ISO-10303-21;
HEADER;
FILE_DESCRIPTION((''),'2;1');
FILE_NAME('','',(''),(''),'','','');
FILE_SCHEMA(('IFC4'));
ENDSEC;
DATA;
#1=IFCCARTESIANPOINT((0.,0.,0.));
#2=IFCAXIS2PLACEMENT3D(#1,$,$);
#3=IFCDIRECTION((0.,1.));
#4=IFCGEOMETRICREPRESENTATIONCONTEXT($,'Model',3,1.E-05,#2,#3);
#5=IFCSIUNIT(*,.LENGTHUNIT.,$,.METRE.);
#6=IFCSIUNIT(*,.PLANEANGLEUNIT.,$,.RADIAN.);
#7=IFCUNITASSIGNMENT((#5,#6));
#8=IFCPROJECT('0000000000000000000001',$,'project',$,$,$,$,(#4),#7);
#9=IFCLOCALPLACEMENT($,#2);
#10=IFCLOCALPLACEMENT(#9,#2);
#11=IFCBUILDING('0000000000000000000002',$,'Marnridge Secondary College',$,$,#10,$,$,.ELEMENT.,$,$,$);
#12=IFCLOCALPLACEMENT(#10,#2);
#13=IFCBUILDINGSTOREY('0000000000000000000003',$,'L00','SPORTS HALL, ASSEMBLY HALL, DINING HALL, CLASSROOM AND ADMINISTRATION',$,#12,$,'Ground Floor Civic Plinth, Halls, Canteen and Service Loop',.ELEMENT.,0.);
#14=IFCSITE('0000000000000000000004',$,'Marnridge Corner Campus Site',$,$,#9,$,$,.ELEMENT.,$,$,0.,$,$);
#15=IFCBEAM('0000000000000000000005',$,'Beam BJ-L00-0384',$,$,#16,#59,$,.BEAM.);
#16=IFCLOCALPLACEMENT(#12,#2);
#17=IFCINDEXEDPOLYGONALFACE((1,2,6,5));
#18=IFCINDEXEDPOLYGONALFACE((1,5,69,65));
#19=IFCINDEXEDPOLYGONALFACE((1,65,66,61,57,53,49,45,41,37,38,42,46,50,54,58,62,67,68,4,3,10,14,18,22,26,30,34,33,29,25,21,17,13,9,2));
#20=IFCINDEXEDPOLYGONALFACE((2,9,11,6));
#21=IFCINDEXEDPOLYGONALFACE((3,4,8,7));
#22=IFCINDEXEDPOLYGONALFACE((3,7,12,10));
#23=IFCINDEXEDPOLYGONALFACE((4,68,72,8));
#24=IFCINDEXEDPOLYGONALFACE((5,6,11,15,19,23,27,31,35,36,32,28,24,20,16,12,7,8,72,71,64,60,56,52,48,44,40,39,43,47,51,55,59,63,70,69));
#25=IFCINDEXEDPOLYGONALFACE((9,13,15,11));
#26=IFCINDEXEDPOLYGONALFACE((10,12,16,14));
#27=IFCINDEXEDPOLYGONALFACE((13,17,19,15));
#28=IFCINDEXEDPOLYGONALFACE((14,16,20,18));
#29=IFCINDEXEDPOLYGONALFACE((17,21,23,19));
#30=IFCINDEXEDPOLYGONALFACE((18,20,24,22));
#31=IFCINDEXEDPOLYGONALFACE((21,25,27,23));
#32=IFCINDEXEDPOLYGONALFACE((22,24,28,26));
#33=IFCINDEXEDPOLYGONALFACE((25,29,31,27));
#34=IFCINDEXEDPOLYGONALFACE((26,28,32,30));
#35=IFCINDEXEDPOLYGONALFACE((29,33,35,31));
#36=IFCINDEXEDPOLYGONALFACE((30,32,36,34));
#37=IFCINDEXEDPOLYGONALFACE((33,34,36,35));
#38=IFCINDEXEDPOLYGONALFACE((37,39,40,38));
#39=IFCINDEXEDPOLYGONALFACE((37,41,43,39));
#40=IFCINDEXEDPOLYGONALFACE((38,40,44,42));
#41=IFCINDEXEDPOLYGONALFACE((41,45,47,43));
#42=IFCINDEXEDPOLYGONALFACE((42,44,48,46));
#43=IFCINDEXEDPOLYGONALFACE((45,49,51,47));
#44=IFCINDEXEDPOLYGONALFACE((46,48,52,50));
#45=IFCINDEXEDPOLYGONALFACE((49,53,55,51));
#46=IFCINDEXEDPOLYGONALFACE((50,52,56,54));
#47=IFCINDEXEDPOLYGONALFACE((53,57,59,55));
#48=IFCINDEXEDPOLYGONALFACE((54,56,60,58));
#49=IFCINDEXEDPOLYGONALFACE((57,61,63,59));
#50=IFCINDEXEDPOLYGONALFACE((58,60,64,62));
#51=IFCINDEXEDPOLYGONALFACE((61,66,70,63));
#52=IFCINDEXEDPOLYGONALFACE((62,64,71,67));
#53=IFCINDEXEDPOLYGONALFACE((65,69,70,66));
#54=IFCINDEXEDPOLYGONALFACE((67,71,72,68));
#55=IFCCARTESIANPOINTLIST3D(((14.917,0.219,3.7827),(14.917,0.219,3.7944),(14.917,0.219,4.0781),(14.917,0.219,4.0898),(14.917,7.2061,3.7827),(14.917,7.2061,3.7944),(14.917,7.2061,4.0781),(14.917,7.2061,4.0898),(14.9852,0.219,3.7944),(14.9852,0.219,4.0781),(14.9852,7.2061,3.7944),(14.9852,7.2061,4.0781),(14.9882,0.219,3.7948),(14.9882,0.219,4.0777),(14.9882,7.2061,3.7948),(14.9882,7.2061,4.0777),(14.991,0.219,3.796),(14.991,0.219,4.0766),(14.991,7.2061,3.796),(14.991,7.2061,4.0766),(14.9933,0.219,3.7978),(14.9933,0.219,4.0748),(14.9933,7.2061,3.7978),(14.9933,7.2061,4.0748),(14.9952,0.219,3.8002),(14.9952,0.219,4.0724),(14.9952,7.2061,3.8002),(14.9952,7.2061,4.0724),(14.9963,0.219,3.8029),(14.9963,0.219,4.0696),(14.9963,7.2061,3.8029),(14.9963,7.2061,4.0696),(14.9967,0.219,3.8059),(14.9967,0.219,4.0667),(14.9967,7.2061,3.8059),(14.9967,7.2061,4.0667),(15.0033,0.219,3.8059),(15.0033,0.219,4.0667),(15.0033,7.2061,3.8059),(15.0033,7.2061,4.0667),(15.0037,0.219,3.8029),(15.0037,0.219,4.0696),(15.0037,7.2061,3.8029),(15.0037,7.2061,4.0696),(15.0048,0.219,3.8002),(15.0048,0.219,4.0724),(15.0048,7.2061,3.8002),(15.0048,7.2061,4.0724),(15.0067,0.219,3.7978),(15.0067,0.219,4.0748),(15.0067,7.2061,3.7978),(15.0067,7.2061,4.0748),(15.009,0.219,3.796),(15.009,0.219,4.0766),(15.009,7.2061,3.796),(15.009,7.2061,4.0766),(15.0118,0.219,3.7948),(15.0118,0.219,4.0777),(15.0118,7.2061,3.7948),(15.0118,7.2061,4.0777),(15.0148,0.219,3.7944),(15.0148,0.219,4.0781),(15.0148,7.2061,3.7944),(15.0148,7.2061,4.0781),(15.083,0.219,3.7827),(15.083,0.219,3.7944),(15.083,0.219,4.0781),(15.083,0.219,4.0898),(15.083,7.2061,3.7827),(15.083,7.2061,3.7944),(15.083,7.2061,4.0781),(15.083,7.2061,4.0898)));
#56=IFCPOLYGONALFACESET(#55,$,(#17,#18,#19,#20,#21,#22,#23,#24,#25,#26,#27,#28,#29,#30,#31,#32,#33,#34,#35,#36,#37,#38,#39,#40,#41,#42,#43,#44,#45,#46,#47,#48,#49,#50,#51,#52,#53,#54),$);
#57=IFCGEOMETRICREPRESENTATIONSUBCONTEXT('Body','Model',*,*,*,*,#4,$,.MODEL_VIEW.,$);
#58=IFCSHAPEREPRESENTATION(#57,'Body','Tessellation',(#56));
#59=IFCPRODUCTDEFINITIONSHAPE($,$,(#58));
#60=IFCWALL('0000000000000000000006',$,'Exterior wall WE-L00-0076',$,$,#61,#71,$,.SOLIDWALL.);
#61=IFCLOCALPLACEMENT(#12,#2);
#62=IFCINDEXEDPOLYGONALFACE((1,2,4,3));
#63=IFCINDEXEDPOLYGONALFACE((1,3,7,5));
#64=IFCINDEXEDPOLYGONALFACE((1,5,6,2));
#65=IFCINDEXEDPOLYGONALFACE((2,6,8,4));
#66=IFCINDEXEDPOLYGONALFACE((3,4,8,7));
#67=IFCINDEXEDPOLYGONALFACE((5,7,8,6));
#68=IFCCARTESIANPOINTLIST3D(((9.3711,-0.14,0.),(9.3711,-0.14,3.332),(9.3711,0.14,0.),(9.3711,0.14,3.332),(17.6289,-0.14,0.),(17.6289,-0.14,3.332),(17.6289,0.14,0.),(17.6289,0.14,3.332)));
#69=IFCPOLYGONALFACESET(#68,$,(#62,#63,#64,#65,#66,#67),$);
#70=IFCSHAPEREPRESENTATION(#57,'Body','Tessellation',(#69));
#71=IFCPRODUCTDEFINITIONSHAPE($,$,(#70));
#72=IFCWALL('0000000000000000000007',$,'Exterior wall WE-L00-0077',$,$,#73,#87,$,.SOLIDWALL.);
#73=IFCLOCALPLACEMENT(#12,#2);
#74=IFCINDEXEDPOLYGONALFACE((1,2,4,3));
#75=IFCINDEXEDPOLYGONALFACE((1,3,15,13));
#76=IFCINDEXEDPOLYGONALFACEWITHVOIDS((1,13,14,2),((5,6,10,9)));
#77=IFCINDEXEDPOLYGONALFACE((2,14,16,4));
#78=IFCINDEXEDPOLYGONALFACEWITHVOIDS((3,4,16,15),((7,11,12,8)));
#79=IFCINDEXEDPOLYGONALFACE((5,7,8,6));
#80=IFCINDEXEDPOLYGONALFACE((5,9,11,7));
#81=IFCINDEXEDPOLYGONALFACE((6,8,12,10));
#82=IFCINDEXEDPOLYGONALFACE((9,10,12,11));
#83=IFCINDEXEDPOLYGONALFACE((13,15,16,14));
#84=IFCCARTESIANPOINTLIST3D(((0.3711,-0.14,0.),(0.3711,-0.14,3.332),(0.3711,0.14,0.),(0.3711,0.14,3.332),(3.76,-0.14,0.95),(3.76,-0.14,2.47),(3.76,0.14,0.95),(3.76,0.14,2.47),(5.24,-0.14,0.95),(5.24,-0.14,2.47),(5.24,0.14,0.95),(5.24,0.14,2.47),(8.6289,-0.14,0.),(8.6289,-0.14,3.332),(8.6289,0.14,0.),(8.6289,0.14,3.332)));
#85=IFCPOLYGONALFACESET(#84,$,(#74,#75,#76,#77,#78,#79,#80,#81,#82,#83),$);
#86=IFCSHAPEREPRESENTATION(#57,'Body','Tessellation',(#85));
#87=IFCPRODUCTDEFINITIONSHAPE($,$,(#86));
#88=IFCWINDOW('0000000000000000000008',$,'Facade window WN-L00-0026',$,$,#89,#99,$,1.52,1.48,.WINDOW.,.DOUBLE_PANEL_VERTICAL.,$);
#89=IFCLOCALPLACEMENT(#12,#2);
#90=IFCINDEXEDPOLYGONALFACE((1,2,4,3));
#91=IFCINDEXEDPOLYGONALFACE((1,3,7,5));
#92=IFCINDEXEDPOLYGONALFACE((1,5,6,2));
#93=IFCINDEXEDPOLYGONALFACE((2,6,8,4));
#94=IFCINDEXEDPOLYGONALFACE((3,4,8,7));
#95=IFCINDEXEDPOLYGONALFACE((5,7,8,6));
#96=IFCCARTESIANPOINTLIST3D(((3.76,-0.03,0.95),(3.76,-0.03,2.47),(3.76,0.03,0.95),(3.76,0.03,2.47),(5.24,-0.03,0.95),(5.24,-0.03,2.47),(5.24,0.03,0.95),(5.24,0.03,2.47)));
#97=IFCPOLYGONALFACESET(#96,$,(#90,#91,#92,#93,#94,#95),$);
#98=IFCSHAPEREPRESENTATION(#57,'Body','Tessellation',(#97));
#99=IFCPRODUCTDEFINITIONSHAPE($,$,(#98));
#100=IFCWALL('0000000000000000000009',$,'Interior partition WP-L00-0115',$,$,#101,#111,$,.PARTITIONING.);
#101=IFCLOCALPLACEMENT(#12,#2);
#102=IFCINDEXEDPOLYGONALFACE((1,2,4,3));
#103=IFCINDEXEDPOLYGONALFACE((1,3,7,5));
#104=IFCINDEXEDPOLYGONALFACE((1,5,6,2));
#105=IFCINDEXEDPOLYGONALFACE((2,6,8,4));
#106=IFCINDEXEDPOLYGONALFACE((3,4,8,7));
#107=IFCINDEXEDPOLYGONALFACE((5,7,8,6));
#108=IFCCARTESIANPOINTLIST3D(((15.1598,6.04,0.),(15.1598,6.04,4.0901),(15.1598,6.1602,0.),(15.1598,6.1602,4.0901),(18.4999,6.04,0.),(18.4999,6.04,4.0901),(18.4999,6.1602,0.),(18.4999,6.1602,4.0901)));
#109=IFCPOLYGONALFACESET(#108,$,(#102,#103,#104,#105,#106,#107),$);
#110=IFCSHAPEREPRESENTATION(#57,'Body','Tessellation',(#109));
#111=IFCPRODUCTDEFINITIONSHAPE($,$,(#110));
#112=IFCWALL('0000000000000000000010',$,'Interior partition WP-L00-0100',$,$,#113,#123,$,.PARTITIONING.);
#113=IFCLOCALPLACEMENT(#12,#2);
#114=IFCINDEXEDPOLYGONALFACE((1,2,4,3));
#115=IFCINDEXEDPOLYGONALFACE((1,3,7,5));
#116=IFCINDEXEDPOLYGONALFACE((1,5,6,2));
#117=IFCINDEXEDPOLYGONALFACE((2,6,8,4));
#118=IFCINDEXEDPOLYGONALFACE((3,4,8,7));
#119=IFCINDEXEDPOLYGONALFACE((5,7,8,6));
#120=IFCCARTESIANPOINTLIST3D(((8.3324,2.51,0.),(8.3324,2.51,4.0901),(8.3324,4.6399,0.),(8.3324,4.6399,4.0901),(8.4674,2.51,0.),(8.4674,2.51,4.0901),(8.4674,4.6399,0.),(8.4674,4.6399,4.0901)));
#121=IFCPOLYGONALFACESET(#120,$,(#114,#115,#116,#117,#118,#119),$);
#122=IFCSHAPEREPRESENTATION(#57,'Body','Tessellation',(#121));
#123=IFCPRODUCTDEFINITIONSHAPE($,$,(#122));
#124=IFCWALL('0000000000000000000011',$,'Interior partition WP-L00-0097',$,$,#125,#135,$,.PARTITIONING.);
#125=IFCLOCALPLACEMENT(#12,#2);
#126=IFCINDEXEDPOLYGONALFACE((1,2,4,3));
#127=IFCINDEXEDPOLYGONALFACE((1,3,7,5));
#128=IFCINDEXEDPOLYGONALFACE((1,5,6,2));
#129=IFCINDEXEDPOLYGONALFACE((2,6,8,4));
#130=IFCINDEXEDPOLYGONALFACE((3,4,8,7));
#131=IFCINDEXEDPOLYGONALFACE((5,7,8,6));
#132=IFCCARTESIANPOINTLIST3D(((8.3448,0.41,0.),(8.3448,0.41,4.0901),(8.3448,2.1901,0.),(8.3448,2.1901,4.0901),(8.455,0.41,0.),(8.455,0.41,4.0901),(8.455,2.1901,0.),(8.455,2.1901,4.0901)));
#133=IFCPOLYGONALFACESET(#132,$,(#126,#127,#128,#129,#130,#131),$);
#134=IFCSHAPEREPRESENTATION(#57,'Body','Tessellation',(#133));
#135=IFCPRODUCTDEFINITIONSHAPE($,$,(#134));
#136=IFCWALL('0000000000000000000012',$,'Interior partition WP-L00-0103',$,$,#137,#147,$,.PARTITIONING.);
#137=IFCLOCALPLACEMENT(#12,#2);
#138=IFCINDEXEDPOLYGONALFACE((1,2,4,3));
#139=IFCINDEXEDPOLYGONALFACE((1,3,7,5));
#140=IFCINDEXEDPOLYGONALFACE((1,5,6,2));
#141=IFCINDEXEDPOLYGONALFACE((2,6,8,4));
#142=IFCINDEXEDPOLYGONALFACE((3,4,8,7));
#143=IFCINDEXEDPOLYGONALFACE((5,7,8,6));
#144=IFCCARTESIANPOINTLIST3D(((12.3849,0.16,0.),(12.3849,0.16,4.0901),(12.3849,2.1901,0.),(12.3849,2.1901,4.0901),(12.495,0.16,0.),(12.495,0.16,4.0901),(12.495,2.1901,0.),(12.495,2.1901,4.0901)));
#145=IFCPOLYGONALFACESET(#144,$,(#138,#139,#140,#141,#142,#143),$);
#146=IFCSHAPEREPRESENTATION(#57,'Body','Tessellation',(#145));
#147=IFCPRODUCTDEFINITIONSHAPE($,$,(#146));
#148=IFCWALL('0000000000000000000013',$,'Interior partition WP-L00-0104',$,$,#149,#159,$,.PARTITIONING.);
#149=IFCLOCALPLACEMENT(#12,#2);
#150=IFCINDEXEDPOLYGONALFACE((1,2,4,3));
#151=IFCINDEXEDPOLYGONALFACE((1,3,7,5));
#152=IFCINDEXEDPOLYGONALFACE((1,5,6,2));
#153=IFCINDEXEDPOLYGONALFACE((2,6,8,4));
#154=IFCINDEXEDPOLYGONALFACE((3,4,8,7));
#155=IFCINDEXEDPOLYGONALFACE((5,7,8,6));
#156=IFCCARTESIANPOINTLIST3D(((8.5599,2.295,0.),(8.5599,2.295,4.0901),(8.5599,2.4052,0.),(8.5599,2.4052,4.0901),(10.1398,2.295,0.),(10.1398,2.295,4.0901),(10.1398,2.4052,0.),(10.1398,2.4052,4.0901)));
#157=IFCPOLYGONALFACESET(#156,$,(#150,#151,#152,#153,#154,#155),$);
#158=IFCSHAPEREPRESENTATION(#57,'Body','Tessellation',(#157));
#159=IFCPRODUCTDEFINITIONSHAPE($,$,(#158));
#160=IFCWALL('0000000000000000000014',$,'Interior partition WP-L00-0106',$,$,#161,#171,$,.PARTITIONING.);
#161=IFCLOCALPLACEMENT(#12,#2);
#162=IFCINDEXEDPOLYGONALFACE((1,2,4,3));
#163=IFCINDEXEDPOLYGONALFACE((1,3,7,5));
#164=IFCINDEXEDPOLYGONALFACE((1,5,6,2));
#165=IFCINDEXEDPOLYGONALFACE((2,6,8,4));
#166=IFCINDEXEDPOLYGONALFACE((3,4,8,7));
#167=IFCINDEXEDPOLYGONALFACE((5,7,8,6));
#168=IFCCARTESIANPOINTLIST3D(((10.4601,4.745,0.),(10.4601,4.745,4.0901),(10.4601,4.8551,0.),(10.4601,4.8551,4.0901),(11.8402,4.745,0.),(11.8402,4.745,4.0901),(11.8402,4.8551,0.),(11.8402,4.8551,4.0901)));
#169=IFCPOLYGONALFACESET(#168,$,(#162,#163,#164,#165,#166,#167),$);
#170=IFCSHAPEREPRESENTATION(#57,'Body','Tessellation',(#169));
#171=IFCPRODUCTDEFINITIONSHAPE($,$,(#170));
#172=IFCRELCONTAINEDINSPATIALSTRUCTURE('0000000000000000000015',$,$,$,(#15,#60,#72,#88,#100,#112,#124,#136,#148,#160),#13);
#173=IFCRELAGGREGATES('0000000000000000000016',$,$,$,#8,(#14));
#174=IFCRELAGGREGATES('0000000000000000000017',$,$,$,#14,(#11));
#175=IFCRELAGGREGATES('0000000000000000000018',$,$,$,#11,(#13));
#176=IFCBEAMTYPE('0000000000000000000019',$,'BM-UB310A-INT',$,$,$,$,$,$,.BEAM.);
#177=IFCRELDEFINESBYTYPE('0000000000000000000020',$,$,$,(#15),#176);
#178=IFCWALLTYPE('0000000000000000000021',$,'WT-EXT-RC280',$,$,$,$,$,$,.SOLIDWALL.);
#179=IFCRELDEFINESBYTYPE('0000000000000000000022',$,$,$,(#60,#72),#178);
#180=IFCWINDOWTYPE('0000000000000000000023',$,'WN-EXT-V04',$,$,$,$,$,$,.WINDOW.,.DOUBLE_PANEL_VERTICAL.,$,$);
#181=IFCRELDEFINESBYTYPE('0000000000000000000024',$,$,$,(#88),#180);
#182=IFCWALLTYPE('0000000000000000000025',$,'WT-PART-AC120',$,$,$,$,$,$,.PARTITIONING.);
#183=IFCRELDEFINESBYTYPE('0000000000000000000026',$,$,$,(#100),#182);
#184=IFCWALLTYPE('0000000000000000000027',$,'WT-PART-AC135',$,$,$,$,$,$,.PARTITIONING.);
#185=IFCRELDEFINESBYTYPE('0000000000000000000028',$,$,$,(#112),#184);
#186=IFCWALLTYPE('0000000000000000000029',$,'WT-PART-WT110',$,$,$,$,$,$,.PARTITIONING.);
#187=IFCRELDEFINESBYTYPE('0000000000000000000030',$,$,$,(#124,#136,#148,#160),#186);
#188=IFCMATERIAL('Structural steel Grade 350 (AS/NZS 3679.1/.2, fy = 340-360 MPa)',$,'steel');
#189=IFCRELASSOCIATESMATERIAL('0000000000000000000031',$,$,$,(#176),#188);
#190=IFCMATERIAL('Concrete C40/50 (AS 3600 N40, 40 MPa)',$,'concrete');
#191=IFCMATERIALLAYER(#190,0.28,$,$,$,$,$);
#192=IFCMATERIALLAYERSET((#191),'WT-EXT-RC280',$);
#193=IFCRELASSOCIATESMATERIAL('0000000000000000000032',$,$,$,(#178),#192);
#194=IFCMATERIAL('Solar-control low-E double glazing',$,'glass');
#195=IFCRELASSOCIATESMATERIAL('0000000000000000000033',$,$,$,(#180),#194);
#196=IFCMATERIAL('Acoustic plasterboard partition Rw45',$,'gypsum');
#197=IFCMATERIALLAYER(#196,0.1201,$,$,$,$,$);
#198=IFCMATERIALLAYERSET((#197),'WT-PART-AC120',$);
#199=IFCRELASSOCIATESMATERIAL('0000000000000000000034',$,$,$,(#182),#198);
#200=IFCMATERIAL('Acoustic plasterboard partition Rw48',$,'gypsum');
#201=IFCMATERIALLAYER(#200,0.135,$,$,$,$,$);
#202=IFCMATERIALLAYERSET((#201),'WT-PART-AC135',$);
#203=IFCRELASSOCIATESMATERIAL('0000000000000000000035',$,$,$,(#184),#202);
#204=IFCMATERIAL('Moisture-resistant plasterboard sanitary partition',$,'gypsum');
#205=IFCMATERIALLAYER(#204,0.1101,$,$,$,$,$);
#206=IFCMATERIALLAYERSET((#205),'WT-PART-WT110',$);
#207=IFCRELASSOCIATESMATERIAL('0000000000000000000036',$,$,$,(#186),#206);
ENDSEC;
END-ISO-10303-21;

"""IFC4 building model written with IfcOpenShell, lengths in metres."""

from ifc_helpers import new_model, si_unit, direction, frame, frame_2d, origin, origin_2d, place, context, subcontext, project, spatial, rectangle, i_section, extrude, material, layer, layer_set, material_profile, profile_set, type_object, element, fill, save


model = new_model("IFC4")

# Units and contexts
model_context = context("Model", 3, precision=1e-05, world=origin(), true_north=direction((0.0, 1.0)))
body_context = subcontext(model_context, "Body", "Model", "MODEL_VIEW")
ifc_project = project(units=[si_unit("LENGTHUNIT", "METRE"), si_unit("PLANEANGLEUNIT", "RADIAN")], contexts=[model_context])

# Site, building, storey
site_placement = place(None, origin())
site = spatial("IfcSite", under=ifc_project, at=site_placement, Name="Marnridge Corner Campus Site", CompositionType="ELEMENT", RefElevation=0.0)
building_placement = place(site_placement, origin())
building = spatial("IfcBuilding", under=site, at=building_placement, Name="Marnridge Secondary College", CompositionType="ELEMENT")
storey_placement = place(building_placement, origin())
storey = spatial("IfcBuildingStorey", under=building, at=storey_placement, Name="L00", Description="SPORTS HALL, ASSEMBLY HALL, DINING HALL, CLASSROOM AND ADMINISTRATION", LongName="Ground Floor Civic Plinth, Halls, Canteen and Service Loop", CompositionType="ELEMENT", Elevation=0.0)

# Beam
ifc_material_1 = material(Name="Structural steel Grade 350 (AS/NZS 3679.1/.2, fy = 340-360 MPa)", Category="steel")
ifc_material_profile_1 = material_profile(ifc_material_1, i_section(OverallWidth=0.166, OverallDepth=0.3071, WebThickness=0.0066, FlangeThickness=0.0117, FilletRadius=0.0115, at=origin_2d()), Name="310UB46.2")
ifc_profile_set_1 = profile_set([ifc_material_profile_1], Name="Structural steel Grade 350 (AS/NZS 3679.1/.2, fy = 340-360 MPa)")
beam_type_1 = type_object("IfcBeamType", Name="BM-UB310A-INT", PredefinedType="BEAM", material=ifc_profile_set_1)
for number, where, z_axis, x_axis, name in (
    (1, (15.0, 0.219, 3.9363), (0.0, 1.0, 0.0), (-1.0, 0.0, 0.0), "Beam BJ-L00-0384"),
):
    element("IfcBeam", number, at=place(storey_placement, frame(where, z_axis=z_axis, x_axis=x_axis)), inside=storey, type_object=beam_type_1, Name=name, PredefinedType="BEAM", context=body_context, shape_type="SweptSolid", body=[
        extrude(i_section(OverallWidth=0.166, OverallDepth=0.3071, WebThickness=0.0066, FlangeThickness=0.0117, FilletRadius=0.0115, at=origin_2d()), origin(), (0.0, 0.0, 1.0), 6.9871),
    ])

# Wall
ifc_material_2 = material(Name="Concrete C40/50 (AS 3600 N40, 40 MPa)", Category="concrete")
ifc_layer_1 = layer(ifc_material_2, 0.28)
ifc_layer_set_1 = layer_set([ifc_layer_1], Name="WT-EXT-RC280")
wall_type_1 = type_object("IfcWallType", Name="WT-EXT-RC280", PredefinedType="SOLIDWALL", material=ifc_layer_set_1)
wall_1_placement = place(storey_placement, frame((17.6289, 0.0, 0.0), z_axis=(0.0, 0.0, 1.0), x_axis=(-1.0, 0.0, 0.0)))
element("IfcWall", 2, at=wall_1_placement, inside=storey, type_object=wall_type_1, Name="Exterior wall WE-L00-0076", PredefinedType="SOLIDWALL", context=body_context, shape_type="SweptSolid", body=[
    extrude(rectangle(XDim=8.2578, YDim=0.28, at=frame_2d((4.1289, 0.0))), origin(), (0.0, 0.0, 1.0), 3.332),
])

# Wall, opening, window
wall_2_placement = place(storey_placement, frame((8.6289, 0.0, 0.0), z_axis=(0.0, 0.0, 1.0), x_axis=(-1.0, 0.0, 0.0)))
wall_2 = element("IfcWall", 3, at=wall_2_placement, inside=storey, type_object=wall_type_1, Name="Exterior wall WE-L00-0077", PredefinedType="SOLIDWALL", context=body_context, shape_type="SweptSolid", body=[
    extrude(rectangle(XDim=8.2578, YDim=0.28, at=frame_2d((4.1289, 0.0))), origin(), (0.0, 0.0, 1.0), 3.332),
])
opening_1_placement = place(wall_2_placement, frame((3.3889, 0.0, 0.95)))
opening_1 = element("IfcOpeningElement", 4, at=opening_1_placement, cuts=wall_2, PredefinedType="OPENING", context=body_context, shape_type="SweptSolid", body=[
    extrude(rectangle(XDim=1.48, YDim=1.52, at=frame_2d((0.74, 0.76))), frame((0.0, 0.1499, 0.0), z_axis=(0.0, -1.0, 0.0), x_axis=(1.0, 0.0, 0.0)), (0.0, 0.0, 1.0), 0.3),
])
ifc_material_3 = material(Name="Solar-control low-E double glazing", Category="glass")
window_type = type_object("IfcWindowType", Name="WN-EXT-V04", PartitioningType="DOUBLE_PANEL_VERTICAL", PredefinedType="WINDOW", material=ifc_material_3)
window_placement = place(opening_1_placement, origin())
window = element("IfcWindow", 5, at=window_placement, inside=storey, type_object=window_type, Name="Facade window WN-L00-0026", OverallHeight=1.52, OverallWidth=1.48, PartitioningType="DOUBLE_PANEL_VERTICAL", PredefinedType="WINDOW", context=body_context, shape_type="SweptSolid", body=[
    extrude(rectangle(XDim=1.48, YDim=1.52, at=frame_2d((0.74, 0.76))), frame((0.0, 0.03, 0.0), z_axis=(0.0, -1.0, 0.0), x_axis=(1.0, 0.0, 0.0)), (0.0, 0.0, 1.0), 0.0601),
])
fill(opening_1, window)

# Walls
ifc_material_4 = material(Name="Acoustic plasterboard partition Rw45", Category="gypsum")
ifc_layer_2 = layer(ifc_material_4, 0.1201)
ifc_layer_set_2 = layer_set([ifc_layer_2], Name="WT-PART-AC120")
wall_type_2 = type_object("IfcWallType", Name="WT-PART-AC120", PredefinedType="PARTITIONING", material=ifc_layer_set_2)
wall_3_placement = place(storey_placement, frame((15.1599, 6.1001, 0.0), z_axis=(0.0, 0.0, 1.0), x_axis=(1.0, 0.0, 0.0)))
element("IfcWall", 6, at=wall_3_placement, inside=storey, type_object=wall_type_2, Name="Interior partition WP-L00-0115", PredefinedType="PARTITIONING", context=body_context, shape_type="SweptSolid", body=[
    extrude(rectangle(XDim=3.3401, YDim=0.1201, at=frame_2d((1.6699, 0.0))), origin(), (0.0, 0.0, 1.0), 4.0901),
])
ifc_material_5 = material(Name="Acoustic plasterboard partition Rw48", Category="gypsum")
ifc_layer_3 = layer(ifc_material_5, 0.135)
ifc_layer_set_3 = layer_set([ifc_layer_3], Name="WT-PART-AC135")
wall_type_3 = type_object("IfcWallType", Name="WT-PART-AC135", PredefinedType="PARTITIONING", material=ifc_layer_set_3)
wall_4_placement = place(storey_placement, frame((8.3999, 2.51, 0.0), z_axis=(0.0, 0.0, 1.0), x_axis=(0.0, 1.0, 0.0)))
element("IfcWall", 7, at=wall_4_placement, inside=storey, type_object=wall_type_3, Name="Interior partition WP-L00-0100", PredefinedType="PARTITIONING", context=body_context, shape_type="SweptSolid", body=[
    extrude(rectangle(XDim=2.1299, YDim=0.135, at=frame_2d((1.0649, 0.0))), origin(), (0.0, 0.0, 1.0), 4.0901),
])
ifc_material_6 = material(Name="Moisture-resistant plasterboard sanitary partition", Category="gypsum")
ifc_layer_4 = layer(ifc_material_6, 0.1101)
ifc_layer_set_4 = layer_set([ifc_layer_4], Name="WT-PART-WT110")
wall_type_4 = type_object("IfcWallType", Name="WT-PART-WT110", PredefinedType="PARTITIONING", material=ifc_layer_set_4)
wall_5_placement = place(storey_placement, frame((8.3999, 0.4099, 0.0), z_axis=(0.0, 0.0, 1.0), x_axis=(0.0, 1.0, 0.0)))
element("IfcWall", 8, at=wall_5_placement, inside=storey, type_object=wall_type_4, Name="Interior partition WP-L00-0097", PredefinedType="PARTITIONING", context=body_context, shape_type="SweptSolid", body=[
    extrude(rectangle(XDim=1.78, YDim=0.1101, at=frame_2d((0.8901, 0.0))), origin(), (0.0, 0.0, 1.0), 4.0901),
])
wall_6_placement = place(storey_placement, frame((12.4399, 0.1599, 0.0), z_axis=(0.0, 0.0, 1.0), x_axis=(0.0, 1.0, 0.0)))
element("IfcWall", 9, at=wall_6_placement, inside=storey, type_object=wall_type_4, Name="Interior partition WP-L00-0103", PredefinedType="PARTITIONING", context=body_context, shape_type="SweptSolid", body=[
    extrude(rectangle(XDim=2.03, YDim=0.1101, at=frame_2d((1.0151, 0.0))), origin(), (0.0, 0.0, 1.0), 4.0901),
])
wall_7_placement = place(storey_placement, frame((10.1399, 2.3501, 0.0), z_axis=(0.0, 0.0, 1.0), x_axis=(-1.0, 0.0, 0.0)))
element("IfcWall", 10, at=wall_7_placement, inside=storey, type_object=wall_type_4, Name="Interior partition WP-L00-0104", PredefinedType="PARTITIONING", context=body_context, shape_type="SweptSolid", body=[
    extrude(rectangle(XDim=1.5798, YDim=0.1101, at=frame_2d((0.79, 0.0))), origin(), (0.0, 0.0, 1.0), 4.0901),
])

# Wall
wall_8_placement = place(storey_placement, frame((11.8401, 4.8, 0.0), z_axis=(0.0, 0.0, 1.0), x_axis=(-1.0, 0.0, 0.0)))
element("IfcWall", 11, at=wall_8_placement, inside=storey, type_object=wall_type_4, Name="Interior partition WP-L00-0106", PredefinedType="PARTITIONING", context=body_context, shape_type="SweptSolid", body=[
    extrude(rectangle(XDim=1.3801, YDim=0.1101, at=frame_2d((0.6899, 0.0))), origin(), (0.0, 0.0, 1.0), 4.0901),
])

save(model, "model.ifc")
